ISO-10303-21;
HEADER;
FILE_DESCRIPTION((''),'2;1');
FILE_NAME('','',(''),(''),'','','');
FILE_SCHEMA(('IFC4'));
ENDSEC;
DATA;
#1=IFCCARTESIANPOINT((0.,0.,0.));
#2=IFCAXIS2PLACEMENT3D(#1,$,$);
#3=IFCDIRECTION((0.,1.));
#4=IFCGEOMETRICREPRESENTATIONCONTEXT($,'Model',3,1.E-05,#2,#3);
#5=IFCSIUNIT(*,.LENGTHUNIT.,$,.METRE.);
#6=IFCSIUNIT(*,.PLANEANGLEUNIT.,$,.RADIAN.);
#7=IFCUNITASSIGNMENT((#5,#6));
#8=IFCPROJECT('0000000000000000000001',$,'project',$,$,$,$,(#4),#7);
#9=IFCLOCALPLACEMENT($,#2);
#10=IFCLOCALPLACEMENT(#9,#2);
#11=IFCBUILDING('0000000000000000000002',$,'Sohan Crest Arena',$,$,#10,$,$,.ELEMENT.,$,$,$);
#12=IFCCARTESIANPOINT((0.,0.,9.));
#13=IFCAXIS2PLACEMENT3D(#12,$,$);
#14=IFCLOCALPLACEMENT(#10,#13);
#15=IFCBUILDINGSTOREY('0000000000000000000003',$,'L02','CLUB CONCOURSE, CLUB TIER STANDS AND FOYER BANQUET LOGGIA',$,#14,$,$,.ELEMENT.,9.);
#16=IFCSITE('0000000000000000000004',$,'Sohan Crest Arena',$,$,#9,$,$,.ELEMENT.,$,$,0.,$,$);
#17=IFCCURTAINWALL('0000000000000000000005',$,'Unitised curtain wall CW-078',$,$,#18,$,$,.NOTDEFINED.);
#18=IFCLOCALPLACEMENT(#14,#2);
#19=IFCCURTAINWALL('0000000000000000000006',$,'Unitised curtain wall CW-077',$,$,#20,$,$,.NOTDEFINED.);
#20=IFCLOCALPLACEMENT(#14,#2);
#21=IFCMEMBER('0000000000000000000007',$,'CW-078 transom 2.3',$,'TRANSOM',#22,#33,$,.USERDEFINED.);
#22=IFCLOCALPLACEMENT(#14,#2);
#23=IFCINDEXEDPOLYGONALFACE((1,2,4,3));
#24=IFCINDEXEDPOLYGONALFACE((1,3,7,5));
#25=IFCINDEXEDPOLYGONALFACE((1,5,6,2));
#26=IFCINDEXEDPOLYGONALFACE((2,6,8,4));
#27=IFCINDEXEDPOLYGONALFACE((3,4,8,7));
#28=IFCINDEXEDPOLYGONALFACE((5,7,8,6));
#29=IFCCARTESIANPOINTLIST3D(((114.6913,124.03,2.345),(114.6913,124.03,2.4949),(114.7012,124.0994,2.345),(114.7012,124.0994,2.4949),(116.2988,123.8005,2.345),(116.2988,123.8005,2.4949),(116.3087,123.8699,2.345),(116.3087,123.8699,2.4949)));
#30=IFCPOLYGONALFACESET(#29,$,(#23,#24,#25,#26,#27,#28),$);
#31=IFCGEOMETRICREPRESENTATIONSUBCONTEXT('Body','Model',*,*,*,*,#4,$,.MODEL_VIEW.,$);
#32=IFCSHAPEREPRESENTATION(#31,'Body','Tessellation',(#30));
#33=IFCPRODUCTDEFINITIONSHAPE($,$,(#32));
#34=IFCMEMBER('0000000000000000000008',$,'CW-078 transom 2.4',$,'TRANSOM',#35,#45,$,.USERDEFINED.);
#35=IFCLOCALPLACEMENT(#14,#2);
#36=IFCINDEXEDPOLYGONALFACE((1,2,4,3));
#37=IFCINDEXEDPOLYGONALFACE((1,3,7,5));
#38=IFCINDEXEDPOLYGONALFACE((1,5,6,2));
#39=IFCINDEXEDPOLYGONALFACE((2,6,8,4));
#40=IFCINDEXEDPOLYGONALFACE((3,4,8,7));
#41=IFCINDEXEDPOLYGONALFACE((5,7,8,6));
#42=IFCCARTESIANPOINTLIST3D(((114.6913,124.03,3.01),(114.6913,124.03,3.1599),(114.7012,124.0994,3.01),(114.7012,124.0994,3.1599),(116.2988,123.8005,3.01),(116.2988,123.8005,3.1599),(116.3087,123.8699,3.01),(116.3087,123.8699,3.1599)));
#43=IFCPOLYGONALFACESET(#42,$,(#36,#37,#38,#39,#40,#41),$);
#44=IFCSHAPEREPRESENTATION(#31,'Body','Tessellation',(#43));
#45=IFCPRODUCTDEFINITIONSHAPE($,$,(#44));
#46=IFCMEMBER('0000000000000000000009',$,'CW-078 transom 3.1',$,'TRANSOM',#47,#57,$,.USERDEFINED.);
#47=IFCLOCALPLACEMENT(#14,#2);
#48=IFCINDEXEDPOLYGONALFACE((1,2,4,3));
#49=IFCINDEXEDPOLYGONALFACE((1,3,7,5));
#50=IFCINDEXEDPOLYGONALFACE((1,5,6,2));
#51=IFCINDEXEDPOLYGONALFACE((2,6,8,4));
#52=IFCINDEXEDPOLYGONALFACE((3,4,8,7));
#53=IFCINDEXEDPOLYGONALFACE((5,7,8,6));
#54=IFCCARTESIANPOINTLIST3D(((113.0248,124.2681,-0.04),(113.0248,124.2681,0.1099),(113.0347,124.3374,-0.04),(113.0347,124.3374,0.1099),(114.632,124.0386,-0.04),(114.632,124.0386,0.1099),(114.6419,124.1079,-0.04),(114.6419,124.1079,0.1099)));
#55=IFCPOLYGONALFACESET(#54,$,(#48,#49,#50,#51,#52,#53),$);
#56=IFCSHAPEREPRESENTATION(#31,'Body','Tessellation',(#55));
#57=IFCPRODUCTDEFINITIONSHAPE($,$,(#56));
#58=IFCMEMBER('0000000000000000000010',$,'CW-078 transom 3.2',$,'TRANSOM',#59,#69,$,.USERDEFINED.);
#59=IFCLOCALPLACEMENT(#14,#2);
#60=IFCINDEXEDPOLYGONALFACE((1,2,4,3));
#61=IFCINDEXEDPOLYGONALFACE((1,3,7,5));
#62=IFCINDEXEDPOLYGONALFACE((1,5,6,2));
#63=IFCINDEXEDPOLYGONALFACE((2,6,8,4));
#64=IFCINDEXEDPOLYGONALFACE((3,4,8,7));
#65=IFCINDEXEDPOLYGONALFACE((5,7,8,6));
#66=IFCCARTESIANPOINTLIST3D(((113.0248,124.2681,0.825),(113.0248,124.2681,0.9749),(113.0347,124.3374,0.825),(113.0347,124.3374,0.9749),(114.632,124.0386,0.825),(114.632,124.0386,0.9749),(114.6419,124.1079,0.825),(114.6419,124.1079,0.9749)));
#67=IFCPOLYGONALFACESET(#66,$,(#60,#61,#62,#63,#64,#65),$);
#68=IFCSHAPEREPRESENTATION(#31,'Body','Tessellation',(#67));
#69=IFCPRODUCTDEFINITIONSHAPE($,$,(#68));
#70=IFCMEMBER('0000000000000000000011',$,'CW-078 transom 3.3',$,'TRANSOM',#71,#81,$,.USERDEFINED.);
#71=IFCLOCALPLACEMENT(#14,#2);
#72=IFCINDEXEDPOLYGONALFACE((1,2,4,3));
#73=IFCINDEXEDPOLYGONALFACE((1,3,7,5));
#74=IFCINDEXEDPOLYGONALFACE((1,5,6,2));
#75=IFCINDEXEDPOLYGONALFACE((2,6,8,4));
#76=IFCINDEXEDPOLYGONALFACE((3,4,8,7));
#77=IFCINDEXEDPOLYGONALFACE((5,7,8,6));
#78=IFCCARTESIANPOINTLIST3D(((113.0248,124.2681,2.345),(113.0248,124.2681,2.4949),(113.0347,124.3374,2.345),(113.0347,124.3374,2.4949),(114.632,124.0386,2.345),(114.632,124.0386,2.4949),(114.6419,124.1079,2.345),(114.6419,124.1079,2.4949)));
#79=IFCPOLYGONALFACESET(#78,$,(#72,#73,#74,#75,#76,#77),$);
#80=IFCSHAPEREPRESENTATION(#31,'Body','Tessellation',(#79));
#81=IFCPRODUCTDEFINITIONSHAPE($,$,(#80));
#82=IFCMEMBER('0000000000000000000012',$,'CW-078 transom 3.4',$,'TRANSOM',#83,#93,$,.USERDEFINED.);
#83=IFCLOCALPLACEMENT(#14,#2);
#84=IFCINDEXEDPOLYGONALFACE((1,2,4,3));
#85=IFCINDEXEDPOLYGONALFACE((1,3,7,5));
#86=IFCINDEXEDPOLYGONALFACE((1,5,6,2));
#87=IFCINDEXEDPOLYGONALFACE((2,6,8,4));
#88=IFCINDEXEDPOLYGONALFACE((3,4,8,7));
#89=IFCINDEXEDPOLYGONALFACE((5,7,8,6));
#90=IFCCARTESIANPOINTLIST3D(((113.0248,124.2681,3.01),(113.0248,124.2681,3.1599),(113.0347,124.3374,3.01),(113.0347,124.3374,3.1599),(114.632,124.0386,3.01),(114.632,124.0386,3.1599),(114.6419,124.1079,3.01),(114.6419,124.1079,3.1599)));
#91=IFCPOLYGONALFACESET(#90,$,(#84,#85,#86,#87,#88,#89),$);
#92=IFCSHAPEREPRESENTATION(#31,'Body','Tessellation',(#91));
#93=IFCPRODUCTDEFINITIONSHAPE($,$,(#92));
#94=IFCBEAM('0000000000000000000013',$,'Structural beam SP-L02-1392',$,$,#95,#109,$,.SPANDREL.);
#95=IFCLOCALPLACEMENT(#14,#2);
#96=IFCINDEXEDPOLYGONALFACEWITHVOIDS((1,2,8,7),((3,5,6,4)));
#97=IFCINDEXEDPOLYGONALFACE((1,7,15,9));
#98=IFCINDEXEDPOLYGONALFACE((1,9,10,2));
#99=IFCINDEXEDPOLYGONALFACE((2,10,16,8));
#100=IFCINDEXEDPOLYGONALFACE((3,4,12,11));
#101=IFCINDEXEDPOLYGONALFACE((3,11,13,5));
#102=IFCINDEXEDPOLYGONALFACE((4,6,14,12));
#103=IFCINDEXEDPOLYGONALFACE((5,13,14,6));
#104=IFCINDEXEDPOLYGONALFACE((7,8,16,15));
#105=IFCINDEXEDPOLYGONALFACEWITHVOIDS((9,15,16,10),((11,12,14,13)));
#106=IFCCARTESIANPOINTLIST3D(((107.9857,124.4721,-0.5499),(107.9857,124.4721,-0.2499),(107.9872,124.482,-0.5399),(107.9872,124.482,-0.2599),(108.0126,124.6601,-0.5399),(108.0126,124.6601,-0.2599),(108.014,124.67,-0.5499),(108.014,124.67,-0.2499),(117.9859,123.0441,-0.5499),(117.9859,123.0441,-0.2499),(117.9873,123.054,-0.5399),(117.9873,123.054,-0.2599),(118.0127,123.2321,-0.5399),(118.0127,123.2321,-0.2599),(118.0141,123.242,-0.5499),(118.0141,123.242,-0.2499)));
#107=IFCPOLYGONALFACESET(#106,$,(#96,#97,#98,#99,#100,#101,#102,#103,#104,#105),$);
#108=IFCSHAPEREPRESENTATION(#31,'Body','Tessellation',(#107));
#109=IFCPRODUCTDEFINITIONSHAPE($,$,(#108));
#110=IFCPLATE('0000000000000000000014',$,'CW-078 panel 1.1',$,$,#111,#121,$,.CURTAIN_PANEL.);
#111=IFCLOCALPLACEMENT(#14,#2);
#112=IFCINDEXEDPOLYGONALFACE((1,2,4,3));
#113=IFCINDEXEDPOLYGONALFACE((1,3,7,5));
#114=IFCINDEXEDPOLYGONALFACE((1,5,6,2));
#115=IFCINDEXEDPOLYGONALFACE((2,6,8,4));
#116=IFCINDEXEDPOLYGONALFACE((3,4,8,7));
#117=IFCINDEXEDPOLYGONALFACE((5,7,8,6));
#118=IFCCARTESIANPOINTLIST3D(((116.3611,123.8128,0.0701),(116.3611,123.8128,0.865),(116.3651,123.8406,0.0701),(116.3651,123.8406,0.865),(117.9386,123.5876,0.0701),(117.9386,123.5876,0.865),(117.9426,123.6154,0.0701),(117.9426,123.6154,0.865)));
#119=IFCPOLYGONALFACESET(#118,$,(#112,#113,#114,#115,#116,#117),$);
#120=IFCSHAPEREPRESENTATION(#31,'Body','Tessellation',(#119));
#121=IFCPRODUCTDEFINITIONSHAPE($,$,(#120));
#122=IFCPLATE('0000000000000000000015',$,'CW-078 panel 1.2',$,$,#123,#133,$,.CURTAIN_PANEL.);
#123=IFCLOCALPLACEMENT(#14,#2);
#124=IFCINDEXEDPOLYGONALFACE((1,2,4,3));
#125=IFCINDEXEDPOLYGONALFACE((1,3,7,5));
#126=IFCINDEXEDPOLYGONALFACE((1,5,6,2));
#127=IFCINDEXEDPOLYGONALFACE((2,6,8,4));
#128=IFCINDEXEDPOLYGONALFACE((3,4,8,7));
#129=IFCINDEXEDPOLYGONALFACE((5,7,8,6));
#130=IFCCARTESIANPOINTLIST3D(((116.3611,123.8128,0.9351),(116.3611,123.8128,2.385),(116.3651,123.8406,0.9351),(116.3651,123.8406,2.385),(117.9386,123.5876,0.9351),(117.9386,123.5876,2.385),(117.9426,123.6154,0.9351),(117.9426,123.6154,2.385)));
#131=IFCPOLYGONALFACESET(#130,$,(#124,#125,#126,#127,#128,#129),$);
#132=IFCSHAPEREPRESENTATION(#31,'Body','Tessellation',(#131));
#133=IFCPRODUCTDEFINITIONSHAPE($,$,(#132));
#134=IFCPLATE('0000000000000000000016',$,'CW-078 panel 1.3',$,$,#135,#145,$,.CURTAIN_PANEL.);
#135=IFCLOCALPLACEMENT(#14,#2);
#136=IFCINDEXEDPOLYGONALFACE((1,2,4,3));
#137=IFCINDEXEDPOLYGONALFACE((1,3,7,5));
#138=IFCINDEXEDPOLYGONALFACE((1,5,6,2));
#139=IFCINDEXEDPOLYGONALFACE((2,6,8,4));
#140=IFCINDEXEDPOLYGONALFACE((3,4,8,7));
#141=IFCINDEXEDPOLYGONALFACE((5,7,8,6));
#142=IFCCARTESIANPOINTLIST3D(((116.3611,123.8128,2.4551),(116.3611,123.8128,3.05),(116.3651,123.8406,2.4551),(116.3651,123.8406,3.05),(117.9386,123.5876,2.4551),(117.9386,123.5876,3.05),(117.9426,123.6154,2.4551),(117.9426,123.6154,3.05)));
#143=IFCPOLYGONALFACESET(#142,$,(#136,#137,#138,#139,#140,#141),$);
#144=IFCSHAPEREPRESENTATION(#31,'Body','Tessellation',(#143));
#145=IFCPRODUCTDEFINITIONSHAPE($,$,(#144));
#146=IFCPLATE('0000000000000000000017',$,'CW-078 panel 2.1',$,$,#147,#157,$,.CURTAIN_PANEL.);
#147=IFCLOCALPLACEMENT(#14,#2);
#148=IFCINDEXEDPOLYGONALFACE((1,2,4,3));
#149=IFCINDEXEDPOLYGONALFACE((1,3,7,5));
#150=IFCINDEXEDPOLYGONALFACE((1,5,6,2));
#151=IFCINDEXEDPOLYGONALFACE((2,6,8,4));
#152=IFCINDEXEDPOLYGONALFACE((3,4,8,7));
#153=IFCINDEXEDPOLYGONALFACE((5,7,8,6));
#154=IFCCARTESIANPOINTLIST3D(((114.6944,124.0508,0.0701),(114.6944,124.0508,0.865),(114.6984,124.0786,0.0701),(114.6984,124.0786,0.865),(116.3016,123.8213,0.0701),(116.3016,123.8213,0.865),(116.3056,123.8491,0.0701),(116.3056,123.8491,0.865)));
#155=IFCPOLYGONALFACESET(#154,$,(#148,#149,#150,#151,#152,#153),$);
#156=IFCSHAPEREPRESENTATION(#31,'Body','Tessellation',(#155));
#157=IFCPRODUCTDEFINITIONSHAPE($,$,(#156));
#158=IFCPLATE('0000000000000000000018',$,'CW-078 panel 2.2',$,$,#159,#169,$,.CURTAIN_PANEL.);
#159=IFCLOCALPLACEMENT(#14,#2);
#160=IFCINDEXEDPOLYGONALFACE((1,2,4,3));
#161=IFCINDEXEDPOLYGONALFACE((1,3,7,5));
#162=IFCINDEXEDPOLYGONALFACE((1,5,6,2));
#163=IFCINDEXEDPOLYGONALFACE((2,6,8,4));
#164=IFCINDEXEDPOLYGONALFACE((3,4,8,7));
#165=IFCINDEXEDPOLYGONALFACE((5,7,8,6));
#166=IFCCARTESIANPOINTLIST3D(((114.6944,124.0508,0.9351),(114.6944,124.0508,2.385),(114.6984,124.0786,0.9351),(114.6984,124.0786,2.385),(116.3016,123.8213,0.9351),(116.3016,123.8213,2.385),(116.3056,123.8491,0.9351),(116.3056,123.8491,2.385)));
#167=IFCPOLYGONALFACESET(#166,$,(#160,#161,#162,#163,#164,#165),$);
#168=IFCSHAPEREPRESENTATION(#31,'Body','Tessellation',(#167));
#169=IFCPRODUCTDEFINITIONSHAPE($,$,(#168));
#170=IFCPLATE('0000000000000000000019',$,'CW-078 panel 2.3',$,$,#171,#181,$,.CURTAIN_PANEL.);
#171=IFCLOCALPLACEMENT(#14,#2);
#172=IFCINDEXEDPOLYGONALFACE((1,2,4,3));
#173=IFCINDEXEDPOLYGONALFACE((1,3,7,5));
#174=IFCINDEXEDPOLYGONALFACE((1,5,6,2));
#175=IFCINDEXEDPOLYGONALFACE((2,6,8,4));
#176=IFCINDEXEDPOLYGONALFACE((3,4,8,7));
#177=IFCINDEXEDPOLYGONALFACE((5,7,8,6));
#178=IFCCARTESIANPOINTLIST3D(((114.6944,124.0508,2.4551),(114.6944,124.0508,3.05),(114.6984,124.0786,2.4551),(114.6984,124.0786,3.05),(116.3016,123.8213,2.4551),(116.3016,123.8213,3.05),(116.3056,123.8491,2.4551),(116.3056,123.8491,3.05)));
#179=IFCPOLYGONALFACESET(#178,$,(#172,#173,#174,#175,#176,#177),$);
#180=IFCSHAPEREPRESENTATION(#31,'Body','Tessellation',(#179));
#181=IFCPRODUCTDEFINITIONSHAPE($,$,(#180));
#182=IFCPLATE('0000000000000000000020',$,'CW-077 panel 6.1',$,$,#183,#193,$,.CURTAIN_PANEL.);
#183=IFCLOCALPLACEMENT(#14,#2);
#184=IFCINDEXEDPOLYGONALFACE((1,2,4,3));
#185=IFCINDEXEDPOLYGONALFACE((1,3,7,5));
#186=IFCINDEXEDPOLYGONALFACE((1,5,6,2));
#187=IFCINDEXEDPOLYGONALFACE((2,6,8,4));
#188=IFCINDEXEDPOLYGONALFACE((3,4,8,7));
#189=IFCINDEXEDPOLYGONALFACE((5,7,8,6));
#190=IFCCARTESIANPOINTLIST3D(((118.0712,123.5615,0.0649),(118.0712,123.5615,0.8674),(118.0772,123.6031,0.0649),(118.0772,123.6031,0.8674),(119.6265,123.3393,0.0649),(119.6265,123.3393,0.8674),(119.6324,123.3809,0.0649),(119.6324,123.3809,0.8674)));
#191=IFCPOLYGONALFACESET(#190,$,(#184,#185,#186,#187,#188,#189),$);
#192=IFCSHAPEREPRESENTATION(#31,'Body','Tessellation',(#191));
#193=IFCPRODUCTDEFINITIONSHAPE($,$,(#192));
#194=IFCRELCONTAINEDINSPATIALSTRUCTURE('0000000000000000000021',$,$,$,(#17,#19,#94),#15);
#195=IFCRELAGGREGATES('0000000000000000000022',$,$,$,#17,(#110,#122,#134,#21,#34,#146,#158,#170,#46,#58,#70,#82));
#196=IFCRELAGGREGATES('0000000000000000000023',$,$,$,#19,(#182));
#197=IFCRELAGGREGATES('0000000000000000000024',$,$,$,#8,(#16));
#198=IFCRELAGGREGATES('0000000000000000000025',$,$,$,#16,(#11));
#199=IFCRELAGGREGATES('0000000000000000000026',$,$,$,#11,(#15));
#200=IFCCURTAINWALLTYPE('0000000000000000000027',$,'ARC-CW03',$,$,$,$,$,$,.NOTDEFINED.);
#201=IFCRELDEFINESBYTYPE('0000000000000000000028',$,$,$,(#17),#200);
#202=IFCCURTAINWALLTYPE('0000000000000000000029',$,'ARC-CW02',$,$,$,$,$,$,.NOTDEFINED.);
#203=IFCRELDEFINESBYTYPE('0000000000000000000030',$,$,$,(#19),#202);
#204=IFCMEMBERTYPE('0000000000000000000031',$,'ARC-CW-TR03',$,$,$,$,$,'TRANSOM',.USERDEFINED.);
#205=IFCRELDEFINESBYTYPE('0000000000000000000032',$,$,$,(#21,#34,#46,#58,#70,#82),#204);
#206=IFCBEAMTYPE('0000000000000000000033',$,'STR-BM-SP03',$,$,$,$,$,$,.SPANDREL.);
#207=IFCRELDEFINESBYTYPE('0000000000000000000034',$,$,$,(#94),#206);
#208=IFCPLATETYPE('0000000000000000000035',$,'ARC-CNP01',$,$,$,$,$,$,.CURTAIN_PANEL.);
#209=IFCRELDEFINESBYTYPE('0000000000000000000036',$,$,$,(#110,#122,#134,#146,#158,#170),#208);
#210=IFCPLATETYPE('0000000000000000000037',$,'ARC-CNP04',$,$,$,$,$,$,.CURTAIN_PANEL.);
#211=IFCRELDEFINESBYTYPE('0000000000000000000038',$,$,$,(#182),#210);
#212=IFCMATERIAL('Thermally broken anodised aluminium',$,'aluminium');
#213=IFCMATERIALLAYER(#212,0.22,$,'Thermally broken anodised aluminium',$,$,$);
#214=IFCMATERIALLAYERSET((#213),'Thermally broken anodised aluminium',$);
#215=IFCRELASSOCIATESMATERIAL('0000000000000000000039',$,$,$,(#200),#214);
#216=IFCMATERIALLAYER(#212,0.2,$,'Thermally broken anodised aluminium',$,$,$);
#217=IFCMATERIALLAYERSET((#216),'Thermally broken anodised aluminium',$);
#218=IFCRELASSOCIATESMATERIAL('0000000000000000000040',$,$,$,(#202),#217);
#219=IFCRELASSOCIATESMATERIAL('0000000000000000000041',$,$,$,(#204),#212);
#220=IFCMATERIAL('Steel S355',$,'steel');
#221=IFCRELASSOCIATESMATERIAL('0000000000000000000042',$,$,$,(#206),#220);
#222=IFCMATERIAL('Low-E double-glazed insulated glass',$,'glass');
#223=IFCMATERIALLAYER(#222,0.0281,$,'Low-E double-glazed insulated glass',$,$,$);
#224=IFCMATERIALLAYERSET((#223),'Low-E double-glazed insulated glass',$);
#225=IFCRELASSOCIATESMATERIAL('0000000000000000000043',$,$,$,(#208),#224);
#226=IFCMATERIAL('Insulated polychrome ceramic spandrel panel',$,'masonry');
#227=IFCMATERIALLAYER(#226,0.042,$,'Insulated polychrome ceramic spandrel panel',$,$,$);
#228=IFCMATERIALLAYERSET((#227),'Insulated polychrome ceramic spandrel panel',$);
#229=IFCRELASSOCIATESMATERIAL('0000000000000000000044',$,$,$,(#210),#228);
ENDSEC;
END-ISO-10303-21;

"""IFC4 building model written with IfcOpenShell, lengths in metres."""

from ifc_helpers import new_model, si_unit, direction, frame, origin, origin_2d, place, context, subcontext, project, spatial, rectangle, hollow_rectangle, extrude, material, layer, layer_set, material_profile, profile_set, type_object, element, aggregate, save


model = new_model("IFC4")

# Units and contexts
model_context = context("Model", 3, precision=1e-05, world=origin(), true_north=direction((0.0, 1.0)))
body_context = subcontext(model_context, "Body", "Model", "MODEL_VIEW")
ifc_project = project(units=[si_unit("LENGTHUNIT", "METRE"), si_unit("PLANEANGLEUNIT", "RADIAN")], contexts=[model_context])

# Site, building, storey
site_placement = place(None, origin())
site = spatial("IfcSite", under=ifc_project, at=site_placement, Name="Sohan Crest Arena", CompositionType="ELEMENT", RefElevation=0.0)
building_placement = place(site_placement, origin())
building = spatial("IfcBuilding", under=site, at=building_placement, Name="Sohan Crest Arena", CompositionType="ELEMENT")
storey_placement = place(building_placement, frame((0.0, 0.0, 9.0)))
storey = spatial("IfcBuildingStorey", under=building, at=storey_placement, Name="L02", Description="CLUB CONCOURSE, CLUB TIER STANDS AND FOYER BANQUET LOGGIA", CompositionType="ELEMENT", Elevation=9.0)

# Shared definitions
ifc_material_1 = material(Name="Steel S355", Category="steel")

# Curtain walls
ifc_material_2 = material(Name="Thermally broken anodised aluminium", Category="aluminium")
ifc_layer_1 = layer(ifc_material_2, 0.22, Name="Thermally broken anodised aluminium")
ifc_layer_set_1 = layer_set([ifc_layer_1], Name="Thermally broken anodised aluminium")
curtain_wall_type_1 = type_object("IfcCurtainWallType", Name="ARC-CW03", PredefinedType="NOTDEFINED", material=ifc_layer_set_1)
curtain_wall_1_placement = place(storey_placement, origin())
curtain_wall_1 = element("IfcCurtainWall", 1, at=curtain_wall_1_placement, inside=storey, type_object=curtain_wall_type_1, Name="Unitised curtain wall CW-078", PredefinedType="NOTDEFINED")
ifc_layer_2 = layer(ifc_material_2, 0.2, Name="Thermally broken anodised aluminium")
ifc_layer_set_2 = layer_set([ifc_layer_2], Name="Thermally broken anodised aluminium")
curtain_wall_type_2 = type_object("IfcCurtainWallType", Name="ARC-CW02", PredefinedType="NOTDEFINED", material=ifc_layer_set_2)
curtain_wall_2_placement = place(storey_placement, origin())
curtain_wall_2 = element("IfcCurtainWall", 2, at=curtain_wall_2_placement, inside=storey, type_object=curtain_wall_type_2, Name="Unitised curtain wall CW-077", PredefinedType="NOTDEFINED")

# Members
ifc_material_profile_1 = material_profile(ifc_material_2, rectangle(XDim=0.0701, YDim=0.1499, at=origin_2d()), Name="ALU-TRAN 70x150")
ifc_profile_set_1 = profile_set([ifc_material_profile_1], Name="Thermally broken anodised aluminium")
member_type_1 = type_object("IfcMemberType", Name="ARC-CW-TR03", ElementType="TRANSOM", PredefinedType="USERDEFINED", material=ifc_profile_set_1)
member_1_placement = place(storey_placement, frame((116.3037, 123.8352, 2.4199), z_axis=(-0.989962, 0.141337, 0.0), x_axis=(-0.141337, -0.989962, 0.0)))
member_1 = element("IfcMember", 3, at=member_1_placement, type_object=member_type_1, Name="CW-078 transom 2.3", ObjectType="TRANSOM", PredefinedType="USERDEFINED", context=body_context, shape_type="SweptSolid", body=[
    extrude(rectangle(XDim=0.0701, YDim=0.1499, at=origin_2d()), origin(), (0.0, 0.0, 1.0), 1.6238),
])
member_2_placement = place(storey_placement, frame((116.3037, 123.8352, 3.085), z_axis=(-0.989962, 0.141337, 0.0), x_axis=(-0.141337, -0.989962, 0.0)))
member_2 = element("IfcMember", 4, at=member_2_placement, type_object=member_type_1, Name="CW-078 transom 2.4", ObjectType="TRANSOM", PredefinedType="USERDEFINED", context=body_context, shape_type="SweptSolid", body=[
    extrude(rectangle(XDim=0.0701, YDim=0.1499, at=origin_2d()), origin(), (0.0, 0.0, 1.0), 1.6238),
])
member_3_placement = place(storey_placement, frame((114.637, 124.0732, 0.0349), z_axis=(-0.989959, 0.141358, 0.0), x_axis=(-0.141358, -0.989959, 0.0)))
member_3 = element("IfcMember", 5, at=member_3_placement, type_object=member_type_1, Name="CW-078 transom 3.1", ObjectType="TRANSOM", PredefinedType="USERDEFINED", context=body_context, shape_type="SweptSolid", body=[
    extrude(rectangle(XDim=0.0701, YDim=0.1499, at=origin_2d()), origin(), (0.0, 0.0, 1.0), 1.6235),
])
member_4_placement = place(storey_placement, frame((114.637, 124.0732, 0.8999), z_axis=(-0.989959, 0.141358, 0.0), x_axis=(-0.141358, -0.989959, 0.0)))
member_4 = element("IfcMember", 6, at=member_4_placement, type_object=member_type_1, Name="CW-078 transom 3.2", ObjectType="TRANSOM", PredefinedType="USERDEFINED", context=body_context, shape_type="SweptSolid", body=[
    extrude(rectangle(XDim=0.0701, YDim=0.1499, at=origin_2d()), origin(), (0.0, 0.0, 1.0), 1.6235),
])
member_5_placement = place(storey_placement, frame((114.637, 124.0732, 2.4199), z_axis=(-0.989959, 0.141358, 0.0), x_axis=(-0.141358, -0.989959, 0.0)))
member_5 = element("IfcMember", 7, at=member_5_placement, type_object=member_type_1, Name="CW-078 transom 3.3", ObjectType="TRANSOM", PredefinedType="USERDEFINED", context=body_context, shape_type="SweptSolid", body=[
    extrude(rectangle(XDim=0.0701, YDim=0.1499, at=origin_2d()), origin(), (0.0, 0.0, 1.0), 1.6235),
])
member_6_placement = place(storey_placement, frame((114.637, 124.0732, 3.085), z_axis=(-0.989959, 0.141358, 0.0), x_axis=(-0.141358, -0.989959, 0.0)))
member_6 = element("IfcMember", 8, at=member_6_placement, type_object=member_type_1, Name="CW-078 transom 3.4", ObjectType="TRANSOM", PredefinedType="USERDEFINED", context=body_context, shape_type="SweptSolid", body=[
    extrude(rectangle(XDim=0.0701, YDim=0.1499, at=origin_2d()), origin(), (0.0, 0.0, 1.0), 1.6235),
])

# Beam
ifc_material_profile_2 = material_profile(ifc_material_1, hollow_rectangle(XDim=0.2, YDim=0.3, WallThickness=0.01, at=origin_2d()), Name="RHS 300x200x10")
ifc_profile_set_2 = profile_set([ifc_material_profile_2], Name="Steel S355")
beam_type = type_object("IfcBeamType", Name="STR-BM-SP03", PredefinedType="SPANDREL", material=ifc_profile_set_2)
beam_placement = place(storey_placement, frame((118.0, 123.1431, -0.3999), z_axis=(-0.989958, 0.141364, 0.0), x_axis=(-0.141364, -0.989958, 0.0)))
element("IfcBeam", 9, at=beam_placement, inside=storey, type_object=beam_type, Name="Structural beam SP-L02-1392", PredefinedType="SPANDREL", context=body_context, shape_type="SweptSolid", body=[
    extrude(hollow_rectangle(XDim=0.2, YDim=0.3, WallThickness=0.01, at=origin_2d()), origin(), (0.0, 0.0, 1.0), 10.1016),
])

# Plates
ifc_material_3 = material(Name="Low-E double-glazed insulated glass", Category="glass")
ifc_layer_3 = layer(ifc_material_3, 0.0281, Name="Low-E double-glazed insulated glass")
ifc_layer_set_3 = layer_set([ifc_layer_3], Name="Low-E double-glazed insulated glass")
plate_type_1 = type_object("IfcPlateType", Name="ARC-CNP01", PredefinedType="CURTAIN_PANEL", material=ifc_layer_set_3)
plate_1_placement = place(storey_placement, frame((117.1519, 123.7141, 0.0701), z_axis=(0.0, 0.0, 1.0), x_axis=(-0.989957, 0.141366, 0.0)))
plate_1 = element("IfcPlate", 10, at=plate_1_placement, type_object=plate_type_1, Name="CW-078 panel 1.1", PredefinedType="CURTAIN_PANEL", context=body_context, shape_type="SweptSolid", body=[
    extrude(rectangle(XDim=1.5935, YDim=0.0281, at=origin_2d()), origin(), (0.0, 0.0, 1.0), 0.7949),
])
plate_2_placement = place(storey_placement, frame((117.1519, 123.7141, 0.9351), z_axis=(0.0, 0.0, 1.0), x_axis=(-0.989957, 0.141366, 0.0)))
plate_2 = element("IfcPlate", 11, at=plate_2_placement, type_object=plate_type_1, Name="CW-078 panel 1.2", PredefinedType="CURTAIN_PANEL", context=body_context, shape_type="SweptSolid", body=[
    extrude(rectangle(XDim=1.5935, YDim=0.0281, at=origin_2d()), origin(), (0.0, 0.0, 1.0), 1.45),
])
plate_3_placement = place(storey_placement, frame((117.1519, 123.7141, 2.4551), z_axis=(0.0, 0.0, 1.0), x_axis=(-0.989957, 0.141366, 0.0)))
plate_3 = element("IfcPlate", 12, at=plate_3_placement, type_object=plate_type_1, Name="CW-078 panel 1.3", PredefinedType="CURTAIN_PANEL", context=body_context, shape_type="SweptSolid", body=[
    extrude(rectangle(XDim=1.5935, YDim=0.0281, at=origin_2d()), origin(), (0.0, 0.0, 1.0), 0.595),
])
plate_4_placement = place(storey_placement, frame((115.5, 123.95, 0.0701), z_axis=(0.0, 0.0, 1.0), x_axis=(-0.989957, 0.141366, 0.0)))
plate_4 = element("IfcPlate", 13, at=plate_4_placement, type_object=plate_type_1, Name="CW-078 panel 2.1", PredefinedType="CURTAIN_PANEL", context=body_context, shape_type="SweptSolid", body=[
    extrude(rectangle(XDim=1.6235, YDim=0.0281, at=origin_2d()), origin(), (0.0, 0.0, 1.0), 0.7949),
])
plate_5_placement = place(storey_placement, frame((115.5, 123.95, 0.9351), z_axis=(0.0, 0.0, 1.0), x_axis=(-0.989957, 0.141366, 0.0)))
plate_5 = element("IfcPlate", 14, at=plate_5_placement, type_object=plate_type_1, Name="CW-078 panel 2.2", PredefinedType="CURTAIN_PANEL", context=body_context, shape_type="SweptSolid", body=[
    extrude(rectangle(XDim=1.6235, YDim=0.0281, at=origin_2d()), origin(), (0.0, 0.0, 1.0), 1.45),
])
plate_6_placement = place(storey_placement, frame((115.5, 123.95, 2.4551), z_axis=(0.0, 0.0, 1.0), x_axis=(-0.989957, 0.141366, 0.0)))
plate_6 = element("IfcPlate", 15, at=plate_6_placement, type_object=plate_type_1, Name="CW-078 panel 2.3", PredefinedType="CURTAIN_PANEL", context=body_context, shape_type="SweptSolid", body=[
    extrude(rectangle(XDim=1.6235, YDim=0.0281, at=origin_2d()), origin(), (0.0, 0.0, 1.0), 0.595),
])
aggregate(curtain_wall_1, [plate_1, plate_2, plate_3, member_1, member_2, plate_4, plate_5, plate_6, member_3, member_4, member_5, member_6])
ifc_material_4 = material(Name="Insulated polychrome ceramic spandrel panel", Category="masonry")
ifc_layer_4 = layer(ifc_material_4, 0.042, Name="Insulated polychrome ceramic spandrel panel")
ifc_layer_set_4 = layer_set([ifc_layer_4], Name="Insulated polychrome ceramic spandrel panel")
plate_type_2 = type_object("IfcPlateType", Name="ARC-CNP04", PredefinedType="CURTAIN_PANEL", material=ifc_layer_set_4)
plate_7_placement = place(storey_placement, frame((118.8518, 123.4712, 0.0649), z_axis=(0.0, 0.0, 1.0), x_axis=(-0.989944, 0.141463, 0.0)))
plate_7 = element("IfcPlate", 16, at=plate_7_placement, type_object=plate_type_2, Name="CW-077 panel 6.1", PredefinedType="CURTAIN_PANEL", context=body_context, shape_type="SweptSolid", body=[
    extrude(rectangle(XDim=1.571, YDim=0.042, at=origin_2d()), origin(), (0.0, 0.0, 1.0), 0.8025),
])
aggregate(curtain_wall_2, [plate_7])

save(model, "model.ifc")
